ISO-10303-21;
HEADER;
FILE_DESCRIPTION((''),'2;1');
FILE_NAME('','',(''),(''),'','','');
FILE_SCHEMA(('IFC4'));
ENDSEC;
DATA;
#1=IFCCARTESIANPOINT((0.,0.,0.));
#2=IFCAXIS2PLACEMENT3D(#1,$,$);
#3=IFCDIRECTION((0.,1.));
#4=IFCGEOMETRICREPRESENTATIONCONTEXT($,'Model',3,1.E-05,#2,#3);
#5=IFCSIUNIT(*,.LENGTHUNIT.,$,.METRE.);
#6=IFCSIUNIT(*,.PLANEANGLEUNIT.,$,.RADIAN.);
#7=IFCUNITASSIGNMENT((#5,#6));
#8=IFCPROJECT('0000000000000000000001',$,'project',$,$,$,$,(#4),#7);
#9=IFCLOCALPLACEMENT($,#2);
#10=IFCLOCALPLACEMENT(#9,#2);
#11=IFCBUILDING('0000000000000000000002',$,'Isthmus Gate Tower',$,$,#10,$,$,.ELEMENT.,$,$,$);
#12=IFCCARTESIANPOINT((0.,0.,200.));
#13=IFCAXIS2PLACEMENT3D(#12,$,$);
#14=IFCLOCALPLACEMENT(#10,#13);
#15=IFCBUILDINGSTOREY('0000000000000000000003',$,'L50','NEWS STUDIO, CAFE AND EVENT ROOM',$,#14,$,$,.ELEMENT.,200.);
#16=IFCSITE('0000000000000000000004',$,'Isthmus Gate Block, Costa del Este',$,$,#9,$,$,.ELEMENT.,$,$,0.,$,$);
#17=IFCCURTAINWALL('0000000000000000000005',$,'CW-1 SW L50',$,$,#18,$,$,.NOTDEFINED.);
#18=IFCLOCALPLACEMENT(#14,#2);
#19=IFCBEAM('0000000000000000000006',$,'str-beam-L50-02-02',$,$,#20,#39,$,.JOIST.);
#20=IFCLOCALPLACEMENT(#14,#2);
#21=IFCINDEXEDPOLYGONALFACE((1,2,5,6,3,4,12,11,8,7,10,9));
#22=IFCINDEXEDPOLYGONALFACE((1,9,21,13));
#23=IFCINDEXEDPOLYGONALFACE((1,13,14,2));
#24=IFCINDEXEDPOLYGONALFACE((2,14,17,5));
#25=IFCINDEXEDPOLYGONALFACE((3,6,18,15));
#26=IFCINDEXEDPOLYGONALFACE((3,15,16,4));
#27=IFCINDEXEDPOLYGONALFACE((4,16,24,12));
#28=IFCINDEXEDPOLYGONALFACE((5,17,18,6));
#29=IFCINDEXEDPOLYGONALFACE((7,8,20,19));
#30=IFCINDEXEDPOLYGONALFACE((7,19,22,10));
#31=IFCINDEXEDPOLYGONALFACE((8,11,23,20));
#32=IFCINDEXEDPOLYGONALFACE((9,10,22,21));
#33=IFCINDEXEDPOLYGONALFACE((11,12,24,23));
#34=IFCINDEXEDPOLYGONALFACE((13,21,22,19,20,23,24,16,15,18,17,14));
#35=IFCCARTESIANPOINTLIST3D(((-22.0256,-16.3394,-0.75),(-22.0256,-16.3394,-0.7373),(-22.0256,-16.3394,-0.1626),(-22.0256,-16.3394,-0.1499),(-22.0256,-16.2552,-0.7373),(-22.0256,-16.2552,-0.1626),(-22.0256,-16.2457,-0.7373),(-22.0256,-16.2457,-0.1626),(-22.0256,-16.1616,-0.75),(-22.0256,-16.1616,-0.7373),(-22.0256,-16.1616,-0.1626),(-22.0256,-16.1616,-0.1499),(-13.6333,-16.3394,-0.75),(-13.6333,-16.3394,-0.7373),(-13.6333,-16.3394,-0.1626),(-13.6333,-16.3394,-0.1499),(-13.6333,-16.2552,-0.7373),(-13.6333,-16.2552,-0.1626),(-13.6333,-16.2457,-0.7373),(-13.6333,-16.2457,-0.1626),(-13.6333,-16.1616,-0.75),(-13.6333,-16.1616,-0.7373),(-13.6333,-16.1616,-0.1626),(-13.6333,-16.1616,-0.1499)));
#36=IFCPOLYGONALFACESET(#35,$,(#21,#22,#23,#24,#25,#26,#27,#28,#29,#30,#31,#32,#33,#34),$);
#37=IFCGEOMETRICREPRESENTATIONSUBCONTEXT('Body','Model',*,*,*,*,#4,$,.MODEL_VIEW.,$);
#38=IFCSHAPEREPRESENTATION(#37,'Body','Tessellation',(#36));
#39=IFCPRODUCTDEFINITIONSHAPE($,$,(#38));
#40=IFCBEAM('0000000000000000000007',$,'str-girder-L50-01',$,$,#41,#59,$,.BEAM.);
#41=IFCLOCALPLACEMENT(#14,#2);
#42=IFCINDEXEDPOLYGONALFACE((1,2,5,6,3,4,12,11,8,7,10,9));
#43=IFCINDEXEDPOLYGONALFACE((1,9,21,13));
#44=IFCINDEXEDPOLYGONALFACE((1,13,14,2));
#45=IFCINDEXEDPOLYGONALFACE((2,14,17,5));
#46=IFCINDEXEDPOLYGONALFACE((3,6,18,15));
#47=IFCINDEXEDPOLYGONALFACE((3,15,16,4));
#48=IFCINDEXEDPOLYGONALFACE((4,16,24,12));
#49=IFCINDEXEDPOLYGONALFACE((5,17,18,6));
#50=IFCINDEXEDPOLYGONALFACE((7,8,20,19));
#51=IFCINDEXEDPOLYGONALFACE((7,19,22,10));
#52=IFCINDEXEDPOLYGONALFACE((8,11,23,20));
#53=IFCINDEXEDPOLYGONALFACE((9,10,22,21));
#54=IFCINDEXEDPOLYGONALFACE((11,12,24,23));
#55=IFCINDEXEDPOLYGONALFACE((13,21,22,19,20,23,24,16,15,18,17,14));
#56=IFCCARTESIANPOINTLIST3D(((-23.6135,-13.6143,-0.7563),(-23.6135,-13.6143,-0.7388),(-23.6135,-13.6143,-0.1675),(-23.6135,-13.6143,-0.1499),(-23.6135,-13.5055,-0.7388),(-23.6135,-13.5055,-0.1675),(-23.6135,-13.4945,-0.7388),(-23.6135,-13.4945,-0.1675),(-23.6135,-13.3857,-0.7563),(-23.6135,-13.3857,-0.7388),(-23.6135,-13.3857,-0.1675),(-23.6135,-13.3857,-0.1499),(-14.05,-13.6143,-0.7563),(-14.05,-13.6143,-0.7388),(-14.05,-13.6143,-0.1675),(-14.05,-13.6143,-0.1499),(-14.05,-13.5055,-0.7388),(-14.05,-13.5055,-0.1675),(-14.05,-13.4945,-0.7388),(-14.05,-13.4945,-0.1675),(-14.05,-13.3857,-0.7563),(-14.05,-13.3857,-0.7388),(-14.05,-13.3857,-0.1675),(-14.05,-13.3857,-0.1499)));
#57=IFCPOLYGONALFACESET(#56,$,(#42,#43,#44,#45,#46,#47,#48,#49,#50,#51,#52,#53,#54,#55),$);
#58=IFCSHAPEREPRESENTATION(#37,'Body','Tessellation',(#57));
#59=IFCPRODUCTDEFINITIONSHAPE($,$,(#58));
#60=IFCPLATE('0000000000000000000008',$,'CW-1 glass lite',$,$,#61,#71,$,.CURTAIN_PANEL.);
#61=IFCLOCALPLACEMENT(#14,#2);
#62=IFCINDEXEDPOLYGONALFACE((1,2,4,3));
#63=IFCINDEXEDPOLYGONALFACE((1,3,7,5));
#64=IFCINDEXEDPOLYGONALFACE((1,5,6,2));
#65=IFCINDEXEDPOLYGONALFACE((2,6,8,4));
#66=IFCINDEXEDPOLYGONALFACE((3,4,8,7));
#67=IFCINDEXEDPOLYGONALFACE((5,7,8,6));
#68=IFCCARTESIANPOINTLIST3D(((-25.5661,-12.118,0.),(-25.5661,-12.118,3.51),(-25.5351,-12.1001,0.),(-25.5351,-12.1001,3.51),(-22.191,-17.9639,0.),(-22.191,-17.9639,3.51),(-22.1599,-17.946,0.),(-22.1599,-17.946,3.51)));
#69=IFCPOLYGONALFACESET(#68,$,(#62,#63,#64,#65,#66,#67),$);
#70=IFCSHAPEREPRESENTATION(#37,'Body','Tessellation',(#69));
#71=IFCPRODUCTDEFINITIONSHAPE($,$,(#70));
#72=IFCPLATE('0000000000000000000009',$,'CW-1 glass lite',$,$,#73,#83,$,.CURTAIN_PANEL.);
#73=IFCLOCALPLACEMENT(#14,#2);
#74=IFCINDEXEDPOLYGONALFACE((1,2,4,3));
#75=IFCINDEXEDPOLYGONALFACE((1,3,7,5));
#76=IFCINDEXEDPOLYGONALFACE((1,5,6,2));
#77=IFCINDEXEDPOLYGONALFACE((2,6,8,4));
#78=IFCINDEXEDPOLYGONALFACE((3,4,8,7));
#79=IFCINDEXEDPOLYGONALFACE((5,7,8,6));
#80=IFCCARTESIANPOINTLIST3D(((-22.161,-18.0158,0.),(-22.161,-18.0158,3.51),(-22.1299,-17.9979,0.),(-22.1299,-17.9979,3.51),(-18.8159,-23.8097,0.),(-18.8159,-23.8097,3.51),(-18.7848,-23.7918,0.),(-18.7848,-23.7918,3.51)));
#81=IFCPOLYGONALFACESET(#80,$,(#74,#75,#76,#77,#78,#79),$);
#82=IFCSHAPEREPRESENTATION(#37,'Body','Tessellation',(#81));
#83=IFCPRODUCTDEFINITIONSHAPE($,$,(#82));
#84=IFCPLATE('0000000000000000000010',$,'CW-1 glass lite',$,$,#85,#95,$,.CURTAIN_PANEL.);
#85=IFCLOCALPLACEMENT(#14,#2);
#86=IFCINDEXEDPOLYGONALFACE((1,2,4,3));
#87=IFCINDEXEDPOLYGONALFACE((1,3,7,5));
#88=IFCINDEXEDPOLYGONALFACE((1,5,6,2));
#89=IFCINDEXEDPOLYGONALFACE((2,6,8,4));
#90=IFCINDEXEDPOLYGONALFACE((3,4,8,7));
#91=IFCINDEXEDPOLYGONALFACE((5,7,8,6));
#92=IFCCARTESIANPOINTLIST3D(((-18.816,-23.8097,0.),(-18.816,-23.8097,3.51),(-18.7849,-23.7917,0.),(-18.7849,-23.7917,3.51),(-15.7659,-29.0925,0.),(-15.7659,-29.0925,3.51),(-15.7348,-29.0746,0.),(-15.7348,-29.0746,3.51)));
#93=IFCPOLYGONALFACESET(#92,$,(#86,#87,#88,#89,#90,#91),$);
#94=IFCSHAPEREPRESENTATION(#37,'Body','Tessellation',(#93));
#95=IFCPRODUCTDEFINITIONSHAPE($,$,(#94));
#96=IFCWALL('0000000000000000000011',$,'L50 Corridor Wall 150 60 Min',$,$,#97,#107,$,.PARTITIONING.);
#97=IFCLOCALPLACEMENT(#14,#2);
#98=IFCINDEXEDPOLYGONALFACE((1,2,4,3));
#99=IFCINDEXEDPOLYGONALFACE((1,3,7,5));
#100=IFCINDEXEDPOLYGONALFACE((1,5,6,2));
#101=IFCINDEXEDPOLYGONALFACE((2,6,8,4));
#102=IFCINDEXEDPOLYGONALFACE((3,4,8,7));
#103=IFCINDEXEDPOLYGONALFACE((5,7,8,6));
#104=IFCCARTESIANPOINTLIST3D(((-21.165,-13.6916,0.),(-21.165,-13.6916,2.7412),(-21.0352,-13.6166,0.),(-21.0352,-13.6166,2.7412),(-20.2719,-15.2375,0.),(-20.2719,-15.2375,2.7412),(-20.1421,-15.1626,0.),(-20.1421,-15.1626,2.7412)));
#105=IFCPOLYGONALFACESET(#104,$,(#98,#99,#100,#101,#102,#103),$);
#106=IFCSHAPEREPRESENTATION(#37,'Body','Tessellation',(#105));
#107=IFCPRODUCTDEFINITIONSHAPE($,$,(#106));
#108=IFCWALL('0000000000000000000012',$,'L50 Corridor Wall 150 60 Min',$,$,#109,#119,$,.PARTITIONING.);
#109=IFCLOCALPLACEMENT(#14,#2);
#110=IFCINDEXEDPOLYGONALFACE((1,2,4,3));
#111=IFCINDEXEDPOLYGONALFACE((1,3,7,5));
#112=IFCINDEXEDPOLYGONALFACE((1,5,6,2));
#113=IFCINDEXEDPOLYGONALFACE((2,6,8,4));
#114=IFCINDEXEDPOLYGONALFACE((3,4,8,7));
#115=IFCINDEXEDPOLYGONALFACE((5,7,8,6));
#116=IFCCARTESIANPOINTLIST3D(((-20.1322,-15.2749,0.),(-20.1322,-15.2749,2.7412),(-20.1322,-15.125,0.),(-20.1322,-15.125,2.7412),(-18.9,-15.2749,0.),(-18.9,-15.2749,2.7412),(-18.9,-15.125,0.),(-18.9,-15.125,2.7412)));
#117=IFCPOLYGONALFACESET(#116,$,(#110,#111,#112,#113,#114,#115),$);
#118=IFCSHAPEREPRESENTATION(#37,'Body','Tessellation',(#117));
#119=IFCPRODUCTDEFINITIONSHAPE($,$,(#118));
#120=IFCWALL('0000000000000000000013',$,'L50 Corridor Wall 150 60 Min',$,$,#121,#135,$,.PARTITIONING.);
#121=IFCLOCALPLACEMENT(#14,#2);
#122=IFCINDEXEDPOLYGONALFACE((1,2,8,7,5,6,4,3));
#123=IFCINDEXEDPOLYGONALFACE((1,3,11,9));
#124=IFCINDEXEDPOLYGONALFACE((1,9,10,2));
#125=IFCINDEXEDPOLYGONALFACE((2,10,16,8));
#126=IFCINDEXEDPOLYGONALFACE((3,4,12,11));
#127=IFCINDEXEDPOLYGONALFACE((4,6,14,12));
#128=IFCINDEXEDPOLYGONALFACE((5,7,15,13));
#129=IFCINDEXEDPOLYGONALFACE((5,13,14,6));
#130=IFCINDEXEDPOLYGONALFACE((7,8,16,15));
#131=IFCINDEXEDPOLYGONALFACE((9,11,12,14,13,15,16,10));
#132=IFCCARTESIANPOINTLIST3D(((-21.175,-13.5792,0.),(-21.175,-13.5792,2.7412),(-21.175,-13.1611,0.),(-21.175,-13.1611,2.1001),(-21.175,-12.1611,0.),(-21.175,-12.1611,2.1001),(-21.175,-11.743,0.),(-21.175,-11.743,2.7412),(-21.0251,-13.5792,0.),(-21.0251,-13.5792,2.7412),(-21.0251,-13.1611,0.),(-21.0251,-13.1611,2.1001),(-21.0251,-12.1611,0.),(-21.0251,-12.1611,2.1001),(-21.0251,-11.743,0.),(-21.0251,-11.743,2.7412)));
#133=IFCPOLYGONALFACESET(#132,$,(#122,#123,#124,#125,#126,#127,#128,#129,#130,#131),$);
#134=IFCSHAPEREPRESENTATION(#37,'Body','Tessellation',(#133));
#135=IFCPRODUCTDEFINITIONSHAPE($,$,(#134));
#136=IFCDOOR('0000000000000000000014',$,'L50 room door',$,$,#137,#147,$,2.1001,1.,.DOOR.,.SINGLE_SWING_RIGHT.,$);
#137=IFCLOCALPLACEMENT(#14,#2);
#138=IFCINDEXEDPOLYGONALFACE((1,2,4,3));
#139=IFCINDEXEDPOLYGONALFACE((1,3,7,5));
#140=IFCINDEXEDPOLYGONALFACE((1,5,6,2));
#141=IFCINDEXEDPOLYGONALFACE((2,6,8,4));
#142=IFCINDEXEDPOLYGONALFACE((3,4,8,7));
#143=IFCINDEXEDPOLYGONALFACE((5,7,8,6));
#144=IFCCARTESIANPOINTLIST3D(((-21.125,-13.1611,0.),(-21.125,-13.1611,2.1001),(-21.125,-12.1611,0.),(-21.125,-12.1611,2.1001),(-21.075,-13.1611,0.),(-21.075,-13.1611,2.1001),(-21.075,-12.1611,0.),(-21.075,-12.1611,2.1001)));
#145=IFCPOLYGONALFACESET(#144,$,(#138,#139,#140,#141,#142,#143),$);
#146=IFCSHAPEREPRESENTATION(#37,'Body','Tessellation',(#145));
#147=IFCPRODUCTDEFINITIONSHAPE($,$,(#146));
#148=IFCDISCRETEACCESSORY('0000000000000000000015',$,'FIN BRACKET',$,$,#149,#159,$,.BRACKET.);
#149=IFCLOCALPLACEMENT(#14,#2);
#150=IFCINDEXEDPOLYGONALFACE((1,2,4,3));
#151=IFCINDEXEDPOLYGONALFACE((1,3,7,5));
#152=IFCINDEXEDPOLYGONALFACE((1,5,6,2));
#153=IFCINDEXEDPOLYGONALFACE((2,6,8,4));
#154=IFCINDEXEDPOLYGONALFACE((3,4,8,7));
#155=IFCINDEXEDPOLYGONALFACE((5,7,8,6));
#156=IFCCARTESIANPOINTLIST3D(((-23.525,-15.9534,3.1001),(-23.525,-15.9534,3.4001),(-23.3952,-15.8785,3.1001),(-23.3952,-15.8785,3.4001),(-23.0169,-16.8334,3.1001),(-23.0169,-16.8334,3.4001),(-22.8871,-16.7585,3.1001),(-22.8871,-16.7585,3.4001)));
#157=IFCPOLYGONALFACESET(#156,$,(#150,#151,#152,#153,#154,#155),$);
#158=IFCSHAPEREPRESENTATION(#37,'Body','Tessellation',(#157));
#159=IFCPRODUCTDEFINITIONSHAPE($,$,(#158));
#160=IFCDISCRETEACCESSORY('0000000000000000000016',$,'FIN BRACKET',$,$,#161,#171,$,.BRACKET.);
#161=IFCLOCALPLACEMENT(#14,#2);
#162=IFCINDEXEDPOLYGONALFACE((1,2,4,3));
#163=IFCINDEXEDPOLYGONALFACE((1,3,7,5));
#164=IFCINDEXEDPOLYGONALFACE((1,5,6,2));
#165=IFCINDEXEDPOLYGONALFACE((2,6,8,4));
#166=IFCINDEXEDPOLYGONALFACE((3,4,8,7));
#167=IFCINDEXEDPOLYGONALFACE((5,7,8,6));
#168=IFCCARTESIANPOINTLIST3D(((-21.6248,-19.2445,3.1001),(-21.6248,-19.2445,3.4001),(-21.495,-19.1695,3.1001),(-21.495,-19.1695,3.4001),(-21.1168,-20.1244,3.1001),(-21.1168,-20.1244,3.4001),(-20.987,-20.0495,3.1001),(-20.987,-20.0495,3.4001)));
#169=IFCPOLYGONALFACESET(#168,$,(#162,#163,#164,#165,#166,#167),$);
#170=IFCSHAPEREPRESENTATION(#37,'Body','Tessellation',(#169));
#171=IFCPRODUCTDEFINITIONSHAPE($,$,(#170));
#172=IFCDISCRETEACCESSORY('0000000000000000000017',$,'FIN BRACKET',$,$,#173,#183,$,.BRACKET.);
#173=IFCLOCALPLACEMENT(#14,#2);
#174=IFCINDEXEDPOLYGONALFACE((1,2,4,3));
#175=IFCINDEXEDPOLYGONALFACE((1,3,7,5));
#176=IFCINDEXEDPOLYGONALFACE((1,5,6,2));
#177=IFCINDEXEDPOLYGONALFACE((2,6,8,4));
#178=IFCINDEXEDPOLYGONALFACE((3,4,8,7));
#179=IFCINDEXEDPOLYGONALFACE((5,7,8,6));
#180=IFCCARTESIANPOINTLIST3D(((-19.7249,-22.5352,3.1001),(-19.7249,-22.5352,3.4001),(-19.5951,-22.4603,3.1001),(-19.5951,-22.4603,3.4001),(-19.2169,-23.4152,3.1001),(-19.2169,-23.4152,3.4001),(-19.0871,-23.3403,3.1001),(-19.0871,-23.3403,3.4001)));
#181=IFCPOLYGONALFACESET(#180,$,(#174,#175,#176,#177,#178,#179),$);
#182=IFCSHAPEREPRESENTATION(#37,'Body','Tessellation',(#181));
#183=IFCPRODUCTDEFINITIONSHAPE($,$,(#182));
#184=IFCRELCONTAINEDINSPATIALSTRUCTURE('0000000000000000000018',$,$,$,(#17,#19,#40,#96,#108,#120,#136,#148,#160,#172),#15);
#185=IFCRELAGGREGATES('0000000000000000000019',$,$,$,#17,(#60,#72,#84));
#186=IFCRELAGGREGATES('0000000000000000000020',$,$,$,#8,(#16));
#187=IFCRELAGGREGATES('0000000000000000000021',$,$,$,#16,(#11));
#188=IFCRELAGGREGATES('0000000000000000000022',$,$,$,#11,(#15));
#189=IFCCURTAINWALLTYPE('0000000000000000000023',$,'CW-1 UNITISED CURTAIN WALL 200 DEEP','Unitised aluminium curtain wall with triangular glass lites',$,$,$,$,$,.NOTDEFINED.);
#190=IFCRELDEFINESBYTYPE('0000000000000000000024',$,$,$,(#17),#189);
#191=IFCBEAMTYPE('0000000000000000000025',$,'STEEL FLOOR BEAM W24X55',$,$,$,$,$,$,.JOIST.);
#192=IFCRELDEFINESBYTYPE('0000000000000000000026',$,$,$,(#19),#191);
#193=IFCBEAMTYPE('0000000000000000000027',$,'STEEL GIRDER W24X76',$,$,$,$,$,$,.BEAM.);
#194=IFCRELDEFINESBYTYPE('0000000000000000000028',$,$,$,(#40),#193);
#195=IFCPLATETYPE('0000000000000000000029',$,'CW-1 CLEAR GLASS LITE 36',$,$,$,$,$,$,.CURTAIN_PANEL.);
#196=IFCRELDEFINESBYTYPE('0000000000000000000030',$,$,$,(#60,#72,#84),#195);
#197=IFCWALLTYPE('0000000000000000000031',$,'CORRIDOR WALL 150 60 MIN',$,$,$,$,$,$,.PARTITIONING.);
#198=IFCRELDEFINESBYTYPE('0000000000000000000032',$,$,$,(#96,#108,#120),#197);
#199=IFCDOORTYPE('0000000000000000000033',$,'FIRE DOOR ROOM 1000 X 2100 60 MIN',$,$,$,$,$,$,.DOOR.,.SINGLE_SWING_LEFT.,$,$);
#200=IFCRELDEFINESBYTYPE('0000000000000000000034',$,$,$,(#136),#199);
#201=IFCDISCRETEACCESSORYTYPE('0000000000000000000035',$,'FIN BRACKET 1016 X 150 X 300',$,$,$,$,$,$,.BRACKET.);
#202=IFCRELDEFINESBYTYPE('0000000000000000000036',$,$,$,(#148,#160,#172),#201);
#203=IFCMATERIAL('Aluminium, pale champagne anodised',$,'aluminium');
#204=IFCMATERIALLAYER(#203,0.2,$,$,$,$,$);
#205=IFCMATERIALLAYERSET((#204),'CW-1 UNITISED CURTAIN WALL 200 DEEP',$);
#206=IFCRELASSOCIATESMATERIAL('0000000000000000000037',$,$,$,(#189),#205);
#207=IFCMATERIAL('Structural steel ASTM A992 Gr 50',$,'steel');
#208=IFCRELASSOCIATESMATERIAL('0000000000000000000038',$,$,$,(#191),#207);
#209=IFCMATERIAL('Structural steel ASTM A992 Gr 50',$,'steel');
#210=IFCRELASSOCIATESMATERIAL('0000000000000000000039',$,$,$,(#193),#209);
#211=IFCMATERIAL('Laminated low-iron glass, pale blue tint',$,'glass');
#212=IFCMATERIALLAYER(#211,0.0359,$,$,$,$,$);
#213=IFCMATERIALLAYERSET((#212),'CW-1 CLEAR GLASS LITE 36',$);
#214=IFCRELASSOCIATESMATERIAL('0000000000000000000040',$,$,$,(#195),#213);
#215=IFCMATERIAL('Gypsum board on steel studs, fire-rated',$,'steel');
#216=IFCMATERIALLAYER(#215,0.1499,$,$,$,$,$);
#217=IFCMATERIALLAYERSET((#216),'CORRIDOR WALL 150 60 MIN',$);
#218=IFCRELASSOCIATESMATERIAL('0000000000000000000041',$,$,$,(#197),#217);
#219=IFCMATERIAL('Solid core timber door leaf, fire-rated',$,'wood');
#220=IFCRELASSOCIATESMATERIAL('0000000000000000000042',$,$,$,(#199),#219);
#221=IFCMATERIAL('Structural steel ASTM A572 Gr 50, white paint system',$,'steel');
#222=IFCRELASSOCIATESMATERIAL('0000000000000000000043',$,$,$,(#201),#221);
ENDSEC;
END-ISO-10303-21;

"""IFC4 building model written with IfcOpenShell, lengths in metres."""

from ifc_helpers import new_model, si_unit, direction, frame, frame_2d, origin, origin_2d, place, context, subcontext, project, spatial, rectangle, i_section, extrude, material, layer, layer_set, material_profile, profile_set, type_object, element, fill, aggregate, save


model = new_model("IFC4")

# Units and contexts
model_context = context("Model", 3, precision=1e-05, world=origin(), true_north=direction((0.0, 1.0)))
body_context = subcontext(model_context, "Body", "Model", "MODEL_VIEW")
ifc_project = project(units=[si_unit("LENGTHUNIT", "METRE"), si_unit("PLANEANGLEUNIT", "RADIAN")], contexts=[model_context])

# Site, building, storey
site_placement = place(None, origin())
site = spatial("IfcSite", under=ifc_project, at=site_placement, Name="Isthmus Gate Block, Costa del Este", CompositionType="ELEMENT", RefElevation=0.0)
building_placement = place(site_placement, origin())
building = spatial("IfcBuilding", under=site, at=building_placement, Name="Isthmus Gate Tower", CompositionType="ELEMENT")
storey_placement = place(building_placement, frame((0.0, 0.0, 200.0)))
storey = spatial("IfcBuildingStorey", under=building, at=storey_placement, Name="L50", Description="NEWS STUDIO, CAFE AND EVENT ROOM", CompositionType="ELEMENT", Elevation=200.0)

# Curtain wall
ifc_material_1 = material(Name="Aluminium, pale champagne anodised", Category="aluminium")
ifc_layer_1 = layer(ifc_material_1, 0.2)
ifc_layer_set_1 = layer_set([ifc_layer_1], Name="CW-1 UNITISED CURTAIN WALL 200 DEEP")
curtain_wall_type = type_object("IfcCurtainWallType", Name="CW-1 UNITISED CURTAIN WALL 200 DEEP", Description="Unitised aluminium curtain wall with triangular glass lites", PredefinedType="NOTDEFINED", material=ifc_layer_set_1)
curtain_wall_1_placement = place(storey_placement, origin())
curtain_wall_1 = element("IfcCurtainWall", 1, at=curtain_wall_1_placement, inside=storey, type_object=curtain_wall_type, Name="CW-1 SW L50", PredefinedType="NOTDEFINED")

# Beams
ifc_material_2 = material(Name="Structural steel ASTM A992 Gr 50", Category="steel")
ifc_material_profile_1 = material_profile(ifc_material_2, i_section(OverallWidth=0.1777, OverallDepth=0.6001, WebThickness=0.0095, FlangeThickness=0.0127, at=origin_2d()), Name="W24X55")
ifc_profile_set_1 = profile_set([ifc_material_profile_1], Name="Structural steel ASTM A992 Gr 50")
beam_type_1 = type_object("IfcBeamType", Name="STEEL FLOOR BEAM W24X55", PredefinedType="JOIST", material=ifc_profile_set_1)
beam_1_placement = place(storey_placement, frame((-22.0256, -16.2505, -0.45), z_axis=(1.0, 0.0, 0.0), x_axis=(0.0, 1.0, 0.0)))
element("IfcBeam", 2, at=beam_1_placement, inside=storey, type_object=beam_type_1, Name="str-beam-L50-02-02", PredefinedType="JOIST", context=body_context, shape_type="SweptSolid", body=[
    extrude(i_section(OverallWidth=0.1777, OverallDepth=0.6001, WebThickness=0.0095, FlangeThickness=0.0127, at=origin_2d()), origin(), (0.0, 0.0, 1.0), 8.3923),
])
ifc_material_3 = material(Name="Structural steel ASTM A992 Gr 50", Category="steel")
ifc_material_profile_2 = material_profile(ifc_material_3, i_section(OverallWidth=0.2285, OverallDepth=0.6064, WebThickness=0.011, FlangeThickness=0.0176, at=origin_2d()), Name="W24X76")
ifc_profile_set_2 = profile_set([ifc_material_profile_2], Name="Structural steel ASTM A992 Gr 50")
beam_type_2 = type_object("IfcBeamType", Name="STEEL GIRDER W24X76", PredefinedType="BEAM", material=ifc_profile_set_2)
beam_2_placement = place(storey_placement, frame((-23.6135, -13.5, -0.4531), z_axis=(1.0, 0.0, 0.0), x_axis=(0.0, 1.0, 0.0)))
element("IfcBeam", 3, at=beam_2_placement, inside=storey, type_object=beam_type_2, Name="str-girder-L50-01", PredefinedType="BEAM", context=body_context, shape_type="SweptSolid", body=[
    extrude(i_section(OverallWidth=0.2285, OverallDepth=0.6064, WebThickness=0.011, FlangeThickness=0.0176, at=origin_2d()), origin(), (0.0, 0.0, 1.0), 9.5635),
])

# Plates
ifc_material_4 = material(Name="Laminated low-iron glass, pale blue tint", Category="glass")
ifc_layer_2 = layer(ifc_material_4, 0.0359)
ifc_layer_set_2 = layer_set([ifc_layer_2], Name="CW-1 CLEAR GLASS LITE 36")
plate_type = type_object("IfcPlateType", Name="CW-1 CLEAR GLASS LITE 36", PredefinedType="CURTAIN_PANEL", material=ifc_layer_set_2)
plate_1_placement = place(storey_placement, frame((-23.863, -15.032, 0.0), z_axis=(0.0, 0.0, 1.0), x_axis=(0.5, -0.866025, 0.0)))
plate_1 = element("IfcPlate", 4, at=plate_1_placement, type_object=plate_type, Name="CW-1 glass lite", PredefinedType="CURTAIN_PANEL", context=body_context, shape_type="SweptSolid", body=[
    extrude(rectangle(XDim=6.7502, YDim=0.0359, at=origin_2d()), origin(), (0.0, 0.0, 1.0), 3.51),
])
plate_2_placement = place(storey_placement, frame((-20.4729, -20.9038, 0.0), z_axis=(0.0, 0.0, 1.0), x_axis=(0.5, -0.866025, 0.0)))
plate_2 = element("IfcPlate", 5, at=plate_2_placement, type_object=plate_type, Name="CW-1 glass lite", PredefinedType="CURTAIN_PANEL", context=body_context, shape_type="SweptSolid", body=[
    extrude(rectangle(XDim=6.6902, YDim=0.0359, at=origin_2d()), origin(), (0.0, 0.0, 1.0), 3.51),
])
plate_3_placement = place(storey_placement, frame((-17.2754, -26.4421, 0.0), z_axis=(0.0, 0.0, 1.0), x_axis=(0.5, -0.866025, 0.0)))
plate_3 = element("IfcPlate", 6, at=plate_3_placement, type_object=plate_type, Name="CW-1 glass lite", PredefinedType="CURTAIN_PANEL", context=body_context, shape_type="SweptSolid", body=[
    extrude(rectangle(XDim=6.1001, YDim=0.0359, at=origin_2d()), origin(), (0.0, 0.0, 1.0), 3.51),
])
aggregate(curtain_wall_1, [plate_1, plate_2, plate_3])

# Walls
ifc_material_5 = material(Name="Gypsum board on steel studs, fire-rated", Category="steel")
ifc_layer_3 = layer(ifc_material_5, 0.1499)
ifc_layer_set_3 = layer_set([ifc_layer_3], Name="CORRIDOR WALL 150 60 MIN")
wall_type = type_object("IfcWallType", Name="CORRIDOR WALL 150 60 MIN", PredefinedType="PARTITIONING", material=ifc_layer_set_3)
wall_1_placement = place(storey_placement, frame((-20.207, -15.2, 0.0), z_axis=(0.0, 0.0, 1.0), x_axis=(-0.500227, 0.865894, 0.0)))
element("IfcWall", 7, at=wall_1_placement, inside=storey, type_object=wall_type, Name="L50 Corridor Wall 150 60 Min", PredefinedType="PARTITIONING", context=body_context, shape_type="SweptSolid", body=[
    extrude(rectangle(XDim=1.7854, YDim=0.1499, at=frame_2d((0.8926, 0.0))), origin(), (0.0, 0.0, 1.0), 2.7412),
])
wall_2_placement = place(storey_placement, frame((-18.8999, -15.2, 0.0), z_axis=(0.0, 0.0, 1.0), x_axis=(-1.0, 0.0, 0.0)))
element("IfcWall", 8, at=wall_2_placement, inside=storey, type_object=wall_type, Name="L50 Corridor Wall 150 60 Min", PredefinedType="PARTITIONING", context=body_context, shape_type="SweptSolid", body=[
    extrude(rectangle(XDim=1.2322, YDim=0.1499, at=frame_2d((0.6162, 0.0))), origin(), (0.0, 0.0, 1.0), 2.7412),
])

# Wall, opening, door
wall_3_placement = place(storey_placement, frame((-21.1001, -13.5791, 0.0), z_axis=(0.0, 0.0, 1.0), x_axis=(0.0, 1.0, 0.0)))
wall_3 = element("IfcWall", 9, at=wall_3_placement, inside=storey, type_object=wall_type, Name="L50 Corridor Wall 150 60 Min", PredefinedType="PARTITIONING", context=body_context, shape_type="SweptSolid", body=[
    extrude(rectangle(XDim=1.8362, YDim=0.1499, at=frame_2d((0.918, 0.0))), origin(), (0.0, 0.0, 1.0), 2.7412),
])
opening_placement = place(wall_3_placement, frame((0.418, 0.0, 0.0)))
opening = element("IfcOpeningElement", 10, at=opening_placement, cuts=wall_3, PredefinedType="OPENING", context=body_context, shape_type="SweptSolid", body=[
    extrude(rectangle(XDim=1.0, YDim=2.1001, at=frame_2d((0.5, 1.05))), frame((0.0, 0.085, 0.0), z_axis=(0.0, -1.0, 0.0), x_axis=(1.0, 0.0, 0.0)), (0.0, 0.0, 1.0), 0.1699),
])
ifc_material_6 = material(Name="Solid core timber door leaf, fire-rated", Category="wood")
door_type = type_object("IfcDoorType", Name="FIRE DOOR ROOM 1000 X 2100 60 MIN", OperationType="SINGLE_SWING_LEFT", PredefinedType="DOOR", material=ifc_material_6)
door_placement = place(opening_placement, origin())
door = element("IfcDoor", 11, at=door_placement, inside=storey, type_object=door_type, Name="L50 room door", OperationType="SINGLE_SWING_RIGHT", OverallHeight=2.1001, OverallWidth=1.0, PredefinedType="DOOR", context=body_context, shape_type="SweptSolid", body=[
    extrude(rectangle(XDim=1.0, YDim=2.1001, at=frame_2d((0.5, 1.05))), frame((0.0, 0.0249, 0.0), z_axis=(0.0, -1.0, 0.0), x_axis=(1.0, 0.0, 0.0)), (0.0, 0.0, 1.0), 0.05),
])
fill(opening, door)

# Discrete accessories
ifc_material_7 = material(Name="Structural steel ASTM A572 Gr 50, white paint system", Category="steel")
discrete_accessory_type = type_object("IfcDiscreteAccessoryType", Name="FIN BRACKET 1016 X 150 X 300", PredefinedType="BRACKET", material=ifc_material_7)
for number, where, z_axis, x_axis, name in (
    (12, (-23.2061, -16.356, 3.1001), (0.0, 0.0, 1.0), (-0.866025, -0.5, 0.0), "FIN BRACKET"),
    (13, (-21.3059, -19.647, 3.1001), (0.0, 0.0, 1.0), (-0.866025, -0.5, 0.0), "FIN BRACKET"),
    (14, (-19.406, -22.9377, 3.1001), (0.0, 0.0, 1.0), (-0.866025, -0.5, 0.0), "FIN BRACKET"),
):
    element("IfcDiscreteAccessory", number, at=place(storey_placement, frame(where, z_axis=z_axis, x_axis=x_axis)), inside=storey, type_object=discrete_accessory_type, Name=name, PredefinedType="BRACKET", context=body_context, shape_type="SweptSolid", body=[
        extrude(rectangle(XDim=0.1499, YDim=1.0161, at=origin_2d()), origin(), (0.0, 0.0, 1.0), 0.3),
    ])

save(model, "model.ifc")
